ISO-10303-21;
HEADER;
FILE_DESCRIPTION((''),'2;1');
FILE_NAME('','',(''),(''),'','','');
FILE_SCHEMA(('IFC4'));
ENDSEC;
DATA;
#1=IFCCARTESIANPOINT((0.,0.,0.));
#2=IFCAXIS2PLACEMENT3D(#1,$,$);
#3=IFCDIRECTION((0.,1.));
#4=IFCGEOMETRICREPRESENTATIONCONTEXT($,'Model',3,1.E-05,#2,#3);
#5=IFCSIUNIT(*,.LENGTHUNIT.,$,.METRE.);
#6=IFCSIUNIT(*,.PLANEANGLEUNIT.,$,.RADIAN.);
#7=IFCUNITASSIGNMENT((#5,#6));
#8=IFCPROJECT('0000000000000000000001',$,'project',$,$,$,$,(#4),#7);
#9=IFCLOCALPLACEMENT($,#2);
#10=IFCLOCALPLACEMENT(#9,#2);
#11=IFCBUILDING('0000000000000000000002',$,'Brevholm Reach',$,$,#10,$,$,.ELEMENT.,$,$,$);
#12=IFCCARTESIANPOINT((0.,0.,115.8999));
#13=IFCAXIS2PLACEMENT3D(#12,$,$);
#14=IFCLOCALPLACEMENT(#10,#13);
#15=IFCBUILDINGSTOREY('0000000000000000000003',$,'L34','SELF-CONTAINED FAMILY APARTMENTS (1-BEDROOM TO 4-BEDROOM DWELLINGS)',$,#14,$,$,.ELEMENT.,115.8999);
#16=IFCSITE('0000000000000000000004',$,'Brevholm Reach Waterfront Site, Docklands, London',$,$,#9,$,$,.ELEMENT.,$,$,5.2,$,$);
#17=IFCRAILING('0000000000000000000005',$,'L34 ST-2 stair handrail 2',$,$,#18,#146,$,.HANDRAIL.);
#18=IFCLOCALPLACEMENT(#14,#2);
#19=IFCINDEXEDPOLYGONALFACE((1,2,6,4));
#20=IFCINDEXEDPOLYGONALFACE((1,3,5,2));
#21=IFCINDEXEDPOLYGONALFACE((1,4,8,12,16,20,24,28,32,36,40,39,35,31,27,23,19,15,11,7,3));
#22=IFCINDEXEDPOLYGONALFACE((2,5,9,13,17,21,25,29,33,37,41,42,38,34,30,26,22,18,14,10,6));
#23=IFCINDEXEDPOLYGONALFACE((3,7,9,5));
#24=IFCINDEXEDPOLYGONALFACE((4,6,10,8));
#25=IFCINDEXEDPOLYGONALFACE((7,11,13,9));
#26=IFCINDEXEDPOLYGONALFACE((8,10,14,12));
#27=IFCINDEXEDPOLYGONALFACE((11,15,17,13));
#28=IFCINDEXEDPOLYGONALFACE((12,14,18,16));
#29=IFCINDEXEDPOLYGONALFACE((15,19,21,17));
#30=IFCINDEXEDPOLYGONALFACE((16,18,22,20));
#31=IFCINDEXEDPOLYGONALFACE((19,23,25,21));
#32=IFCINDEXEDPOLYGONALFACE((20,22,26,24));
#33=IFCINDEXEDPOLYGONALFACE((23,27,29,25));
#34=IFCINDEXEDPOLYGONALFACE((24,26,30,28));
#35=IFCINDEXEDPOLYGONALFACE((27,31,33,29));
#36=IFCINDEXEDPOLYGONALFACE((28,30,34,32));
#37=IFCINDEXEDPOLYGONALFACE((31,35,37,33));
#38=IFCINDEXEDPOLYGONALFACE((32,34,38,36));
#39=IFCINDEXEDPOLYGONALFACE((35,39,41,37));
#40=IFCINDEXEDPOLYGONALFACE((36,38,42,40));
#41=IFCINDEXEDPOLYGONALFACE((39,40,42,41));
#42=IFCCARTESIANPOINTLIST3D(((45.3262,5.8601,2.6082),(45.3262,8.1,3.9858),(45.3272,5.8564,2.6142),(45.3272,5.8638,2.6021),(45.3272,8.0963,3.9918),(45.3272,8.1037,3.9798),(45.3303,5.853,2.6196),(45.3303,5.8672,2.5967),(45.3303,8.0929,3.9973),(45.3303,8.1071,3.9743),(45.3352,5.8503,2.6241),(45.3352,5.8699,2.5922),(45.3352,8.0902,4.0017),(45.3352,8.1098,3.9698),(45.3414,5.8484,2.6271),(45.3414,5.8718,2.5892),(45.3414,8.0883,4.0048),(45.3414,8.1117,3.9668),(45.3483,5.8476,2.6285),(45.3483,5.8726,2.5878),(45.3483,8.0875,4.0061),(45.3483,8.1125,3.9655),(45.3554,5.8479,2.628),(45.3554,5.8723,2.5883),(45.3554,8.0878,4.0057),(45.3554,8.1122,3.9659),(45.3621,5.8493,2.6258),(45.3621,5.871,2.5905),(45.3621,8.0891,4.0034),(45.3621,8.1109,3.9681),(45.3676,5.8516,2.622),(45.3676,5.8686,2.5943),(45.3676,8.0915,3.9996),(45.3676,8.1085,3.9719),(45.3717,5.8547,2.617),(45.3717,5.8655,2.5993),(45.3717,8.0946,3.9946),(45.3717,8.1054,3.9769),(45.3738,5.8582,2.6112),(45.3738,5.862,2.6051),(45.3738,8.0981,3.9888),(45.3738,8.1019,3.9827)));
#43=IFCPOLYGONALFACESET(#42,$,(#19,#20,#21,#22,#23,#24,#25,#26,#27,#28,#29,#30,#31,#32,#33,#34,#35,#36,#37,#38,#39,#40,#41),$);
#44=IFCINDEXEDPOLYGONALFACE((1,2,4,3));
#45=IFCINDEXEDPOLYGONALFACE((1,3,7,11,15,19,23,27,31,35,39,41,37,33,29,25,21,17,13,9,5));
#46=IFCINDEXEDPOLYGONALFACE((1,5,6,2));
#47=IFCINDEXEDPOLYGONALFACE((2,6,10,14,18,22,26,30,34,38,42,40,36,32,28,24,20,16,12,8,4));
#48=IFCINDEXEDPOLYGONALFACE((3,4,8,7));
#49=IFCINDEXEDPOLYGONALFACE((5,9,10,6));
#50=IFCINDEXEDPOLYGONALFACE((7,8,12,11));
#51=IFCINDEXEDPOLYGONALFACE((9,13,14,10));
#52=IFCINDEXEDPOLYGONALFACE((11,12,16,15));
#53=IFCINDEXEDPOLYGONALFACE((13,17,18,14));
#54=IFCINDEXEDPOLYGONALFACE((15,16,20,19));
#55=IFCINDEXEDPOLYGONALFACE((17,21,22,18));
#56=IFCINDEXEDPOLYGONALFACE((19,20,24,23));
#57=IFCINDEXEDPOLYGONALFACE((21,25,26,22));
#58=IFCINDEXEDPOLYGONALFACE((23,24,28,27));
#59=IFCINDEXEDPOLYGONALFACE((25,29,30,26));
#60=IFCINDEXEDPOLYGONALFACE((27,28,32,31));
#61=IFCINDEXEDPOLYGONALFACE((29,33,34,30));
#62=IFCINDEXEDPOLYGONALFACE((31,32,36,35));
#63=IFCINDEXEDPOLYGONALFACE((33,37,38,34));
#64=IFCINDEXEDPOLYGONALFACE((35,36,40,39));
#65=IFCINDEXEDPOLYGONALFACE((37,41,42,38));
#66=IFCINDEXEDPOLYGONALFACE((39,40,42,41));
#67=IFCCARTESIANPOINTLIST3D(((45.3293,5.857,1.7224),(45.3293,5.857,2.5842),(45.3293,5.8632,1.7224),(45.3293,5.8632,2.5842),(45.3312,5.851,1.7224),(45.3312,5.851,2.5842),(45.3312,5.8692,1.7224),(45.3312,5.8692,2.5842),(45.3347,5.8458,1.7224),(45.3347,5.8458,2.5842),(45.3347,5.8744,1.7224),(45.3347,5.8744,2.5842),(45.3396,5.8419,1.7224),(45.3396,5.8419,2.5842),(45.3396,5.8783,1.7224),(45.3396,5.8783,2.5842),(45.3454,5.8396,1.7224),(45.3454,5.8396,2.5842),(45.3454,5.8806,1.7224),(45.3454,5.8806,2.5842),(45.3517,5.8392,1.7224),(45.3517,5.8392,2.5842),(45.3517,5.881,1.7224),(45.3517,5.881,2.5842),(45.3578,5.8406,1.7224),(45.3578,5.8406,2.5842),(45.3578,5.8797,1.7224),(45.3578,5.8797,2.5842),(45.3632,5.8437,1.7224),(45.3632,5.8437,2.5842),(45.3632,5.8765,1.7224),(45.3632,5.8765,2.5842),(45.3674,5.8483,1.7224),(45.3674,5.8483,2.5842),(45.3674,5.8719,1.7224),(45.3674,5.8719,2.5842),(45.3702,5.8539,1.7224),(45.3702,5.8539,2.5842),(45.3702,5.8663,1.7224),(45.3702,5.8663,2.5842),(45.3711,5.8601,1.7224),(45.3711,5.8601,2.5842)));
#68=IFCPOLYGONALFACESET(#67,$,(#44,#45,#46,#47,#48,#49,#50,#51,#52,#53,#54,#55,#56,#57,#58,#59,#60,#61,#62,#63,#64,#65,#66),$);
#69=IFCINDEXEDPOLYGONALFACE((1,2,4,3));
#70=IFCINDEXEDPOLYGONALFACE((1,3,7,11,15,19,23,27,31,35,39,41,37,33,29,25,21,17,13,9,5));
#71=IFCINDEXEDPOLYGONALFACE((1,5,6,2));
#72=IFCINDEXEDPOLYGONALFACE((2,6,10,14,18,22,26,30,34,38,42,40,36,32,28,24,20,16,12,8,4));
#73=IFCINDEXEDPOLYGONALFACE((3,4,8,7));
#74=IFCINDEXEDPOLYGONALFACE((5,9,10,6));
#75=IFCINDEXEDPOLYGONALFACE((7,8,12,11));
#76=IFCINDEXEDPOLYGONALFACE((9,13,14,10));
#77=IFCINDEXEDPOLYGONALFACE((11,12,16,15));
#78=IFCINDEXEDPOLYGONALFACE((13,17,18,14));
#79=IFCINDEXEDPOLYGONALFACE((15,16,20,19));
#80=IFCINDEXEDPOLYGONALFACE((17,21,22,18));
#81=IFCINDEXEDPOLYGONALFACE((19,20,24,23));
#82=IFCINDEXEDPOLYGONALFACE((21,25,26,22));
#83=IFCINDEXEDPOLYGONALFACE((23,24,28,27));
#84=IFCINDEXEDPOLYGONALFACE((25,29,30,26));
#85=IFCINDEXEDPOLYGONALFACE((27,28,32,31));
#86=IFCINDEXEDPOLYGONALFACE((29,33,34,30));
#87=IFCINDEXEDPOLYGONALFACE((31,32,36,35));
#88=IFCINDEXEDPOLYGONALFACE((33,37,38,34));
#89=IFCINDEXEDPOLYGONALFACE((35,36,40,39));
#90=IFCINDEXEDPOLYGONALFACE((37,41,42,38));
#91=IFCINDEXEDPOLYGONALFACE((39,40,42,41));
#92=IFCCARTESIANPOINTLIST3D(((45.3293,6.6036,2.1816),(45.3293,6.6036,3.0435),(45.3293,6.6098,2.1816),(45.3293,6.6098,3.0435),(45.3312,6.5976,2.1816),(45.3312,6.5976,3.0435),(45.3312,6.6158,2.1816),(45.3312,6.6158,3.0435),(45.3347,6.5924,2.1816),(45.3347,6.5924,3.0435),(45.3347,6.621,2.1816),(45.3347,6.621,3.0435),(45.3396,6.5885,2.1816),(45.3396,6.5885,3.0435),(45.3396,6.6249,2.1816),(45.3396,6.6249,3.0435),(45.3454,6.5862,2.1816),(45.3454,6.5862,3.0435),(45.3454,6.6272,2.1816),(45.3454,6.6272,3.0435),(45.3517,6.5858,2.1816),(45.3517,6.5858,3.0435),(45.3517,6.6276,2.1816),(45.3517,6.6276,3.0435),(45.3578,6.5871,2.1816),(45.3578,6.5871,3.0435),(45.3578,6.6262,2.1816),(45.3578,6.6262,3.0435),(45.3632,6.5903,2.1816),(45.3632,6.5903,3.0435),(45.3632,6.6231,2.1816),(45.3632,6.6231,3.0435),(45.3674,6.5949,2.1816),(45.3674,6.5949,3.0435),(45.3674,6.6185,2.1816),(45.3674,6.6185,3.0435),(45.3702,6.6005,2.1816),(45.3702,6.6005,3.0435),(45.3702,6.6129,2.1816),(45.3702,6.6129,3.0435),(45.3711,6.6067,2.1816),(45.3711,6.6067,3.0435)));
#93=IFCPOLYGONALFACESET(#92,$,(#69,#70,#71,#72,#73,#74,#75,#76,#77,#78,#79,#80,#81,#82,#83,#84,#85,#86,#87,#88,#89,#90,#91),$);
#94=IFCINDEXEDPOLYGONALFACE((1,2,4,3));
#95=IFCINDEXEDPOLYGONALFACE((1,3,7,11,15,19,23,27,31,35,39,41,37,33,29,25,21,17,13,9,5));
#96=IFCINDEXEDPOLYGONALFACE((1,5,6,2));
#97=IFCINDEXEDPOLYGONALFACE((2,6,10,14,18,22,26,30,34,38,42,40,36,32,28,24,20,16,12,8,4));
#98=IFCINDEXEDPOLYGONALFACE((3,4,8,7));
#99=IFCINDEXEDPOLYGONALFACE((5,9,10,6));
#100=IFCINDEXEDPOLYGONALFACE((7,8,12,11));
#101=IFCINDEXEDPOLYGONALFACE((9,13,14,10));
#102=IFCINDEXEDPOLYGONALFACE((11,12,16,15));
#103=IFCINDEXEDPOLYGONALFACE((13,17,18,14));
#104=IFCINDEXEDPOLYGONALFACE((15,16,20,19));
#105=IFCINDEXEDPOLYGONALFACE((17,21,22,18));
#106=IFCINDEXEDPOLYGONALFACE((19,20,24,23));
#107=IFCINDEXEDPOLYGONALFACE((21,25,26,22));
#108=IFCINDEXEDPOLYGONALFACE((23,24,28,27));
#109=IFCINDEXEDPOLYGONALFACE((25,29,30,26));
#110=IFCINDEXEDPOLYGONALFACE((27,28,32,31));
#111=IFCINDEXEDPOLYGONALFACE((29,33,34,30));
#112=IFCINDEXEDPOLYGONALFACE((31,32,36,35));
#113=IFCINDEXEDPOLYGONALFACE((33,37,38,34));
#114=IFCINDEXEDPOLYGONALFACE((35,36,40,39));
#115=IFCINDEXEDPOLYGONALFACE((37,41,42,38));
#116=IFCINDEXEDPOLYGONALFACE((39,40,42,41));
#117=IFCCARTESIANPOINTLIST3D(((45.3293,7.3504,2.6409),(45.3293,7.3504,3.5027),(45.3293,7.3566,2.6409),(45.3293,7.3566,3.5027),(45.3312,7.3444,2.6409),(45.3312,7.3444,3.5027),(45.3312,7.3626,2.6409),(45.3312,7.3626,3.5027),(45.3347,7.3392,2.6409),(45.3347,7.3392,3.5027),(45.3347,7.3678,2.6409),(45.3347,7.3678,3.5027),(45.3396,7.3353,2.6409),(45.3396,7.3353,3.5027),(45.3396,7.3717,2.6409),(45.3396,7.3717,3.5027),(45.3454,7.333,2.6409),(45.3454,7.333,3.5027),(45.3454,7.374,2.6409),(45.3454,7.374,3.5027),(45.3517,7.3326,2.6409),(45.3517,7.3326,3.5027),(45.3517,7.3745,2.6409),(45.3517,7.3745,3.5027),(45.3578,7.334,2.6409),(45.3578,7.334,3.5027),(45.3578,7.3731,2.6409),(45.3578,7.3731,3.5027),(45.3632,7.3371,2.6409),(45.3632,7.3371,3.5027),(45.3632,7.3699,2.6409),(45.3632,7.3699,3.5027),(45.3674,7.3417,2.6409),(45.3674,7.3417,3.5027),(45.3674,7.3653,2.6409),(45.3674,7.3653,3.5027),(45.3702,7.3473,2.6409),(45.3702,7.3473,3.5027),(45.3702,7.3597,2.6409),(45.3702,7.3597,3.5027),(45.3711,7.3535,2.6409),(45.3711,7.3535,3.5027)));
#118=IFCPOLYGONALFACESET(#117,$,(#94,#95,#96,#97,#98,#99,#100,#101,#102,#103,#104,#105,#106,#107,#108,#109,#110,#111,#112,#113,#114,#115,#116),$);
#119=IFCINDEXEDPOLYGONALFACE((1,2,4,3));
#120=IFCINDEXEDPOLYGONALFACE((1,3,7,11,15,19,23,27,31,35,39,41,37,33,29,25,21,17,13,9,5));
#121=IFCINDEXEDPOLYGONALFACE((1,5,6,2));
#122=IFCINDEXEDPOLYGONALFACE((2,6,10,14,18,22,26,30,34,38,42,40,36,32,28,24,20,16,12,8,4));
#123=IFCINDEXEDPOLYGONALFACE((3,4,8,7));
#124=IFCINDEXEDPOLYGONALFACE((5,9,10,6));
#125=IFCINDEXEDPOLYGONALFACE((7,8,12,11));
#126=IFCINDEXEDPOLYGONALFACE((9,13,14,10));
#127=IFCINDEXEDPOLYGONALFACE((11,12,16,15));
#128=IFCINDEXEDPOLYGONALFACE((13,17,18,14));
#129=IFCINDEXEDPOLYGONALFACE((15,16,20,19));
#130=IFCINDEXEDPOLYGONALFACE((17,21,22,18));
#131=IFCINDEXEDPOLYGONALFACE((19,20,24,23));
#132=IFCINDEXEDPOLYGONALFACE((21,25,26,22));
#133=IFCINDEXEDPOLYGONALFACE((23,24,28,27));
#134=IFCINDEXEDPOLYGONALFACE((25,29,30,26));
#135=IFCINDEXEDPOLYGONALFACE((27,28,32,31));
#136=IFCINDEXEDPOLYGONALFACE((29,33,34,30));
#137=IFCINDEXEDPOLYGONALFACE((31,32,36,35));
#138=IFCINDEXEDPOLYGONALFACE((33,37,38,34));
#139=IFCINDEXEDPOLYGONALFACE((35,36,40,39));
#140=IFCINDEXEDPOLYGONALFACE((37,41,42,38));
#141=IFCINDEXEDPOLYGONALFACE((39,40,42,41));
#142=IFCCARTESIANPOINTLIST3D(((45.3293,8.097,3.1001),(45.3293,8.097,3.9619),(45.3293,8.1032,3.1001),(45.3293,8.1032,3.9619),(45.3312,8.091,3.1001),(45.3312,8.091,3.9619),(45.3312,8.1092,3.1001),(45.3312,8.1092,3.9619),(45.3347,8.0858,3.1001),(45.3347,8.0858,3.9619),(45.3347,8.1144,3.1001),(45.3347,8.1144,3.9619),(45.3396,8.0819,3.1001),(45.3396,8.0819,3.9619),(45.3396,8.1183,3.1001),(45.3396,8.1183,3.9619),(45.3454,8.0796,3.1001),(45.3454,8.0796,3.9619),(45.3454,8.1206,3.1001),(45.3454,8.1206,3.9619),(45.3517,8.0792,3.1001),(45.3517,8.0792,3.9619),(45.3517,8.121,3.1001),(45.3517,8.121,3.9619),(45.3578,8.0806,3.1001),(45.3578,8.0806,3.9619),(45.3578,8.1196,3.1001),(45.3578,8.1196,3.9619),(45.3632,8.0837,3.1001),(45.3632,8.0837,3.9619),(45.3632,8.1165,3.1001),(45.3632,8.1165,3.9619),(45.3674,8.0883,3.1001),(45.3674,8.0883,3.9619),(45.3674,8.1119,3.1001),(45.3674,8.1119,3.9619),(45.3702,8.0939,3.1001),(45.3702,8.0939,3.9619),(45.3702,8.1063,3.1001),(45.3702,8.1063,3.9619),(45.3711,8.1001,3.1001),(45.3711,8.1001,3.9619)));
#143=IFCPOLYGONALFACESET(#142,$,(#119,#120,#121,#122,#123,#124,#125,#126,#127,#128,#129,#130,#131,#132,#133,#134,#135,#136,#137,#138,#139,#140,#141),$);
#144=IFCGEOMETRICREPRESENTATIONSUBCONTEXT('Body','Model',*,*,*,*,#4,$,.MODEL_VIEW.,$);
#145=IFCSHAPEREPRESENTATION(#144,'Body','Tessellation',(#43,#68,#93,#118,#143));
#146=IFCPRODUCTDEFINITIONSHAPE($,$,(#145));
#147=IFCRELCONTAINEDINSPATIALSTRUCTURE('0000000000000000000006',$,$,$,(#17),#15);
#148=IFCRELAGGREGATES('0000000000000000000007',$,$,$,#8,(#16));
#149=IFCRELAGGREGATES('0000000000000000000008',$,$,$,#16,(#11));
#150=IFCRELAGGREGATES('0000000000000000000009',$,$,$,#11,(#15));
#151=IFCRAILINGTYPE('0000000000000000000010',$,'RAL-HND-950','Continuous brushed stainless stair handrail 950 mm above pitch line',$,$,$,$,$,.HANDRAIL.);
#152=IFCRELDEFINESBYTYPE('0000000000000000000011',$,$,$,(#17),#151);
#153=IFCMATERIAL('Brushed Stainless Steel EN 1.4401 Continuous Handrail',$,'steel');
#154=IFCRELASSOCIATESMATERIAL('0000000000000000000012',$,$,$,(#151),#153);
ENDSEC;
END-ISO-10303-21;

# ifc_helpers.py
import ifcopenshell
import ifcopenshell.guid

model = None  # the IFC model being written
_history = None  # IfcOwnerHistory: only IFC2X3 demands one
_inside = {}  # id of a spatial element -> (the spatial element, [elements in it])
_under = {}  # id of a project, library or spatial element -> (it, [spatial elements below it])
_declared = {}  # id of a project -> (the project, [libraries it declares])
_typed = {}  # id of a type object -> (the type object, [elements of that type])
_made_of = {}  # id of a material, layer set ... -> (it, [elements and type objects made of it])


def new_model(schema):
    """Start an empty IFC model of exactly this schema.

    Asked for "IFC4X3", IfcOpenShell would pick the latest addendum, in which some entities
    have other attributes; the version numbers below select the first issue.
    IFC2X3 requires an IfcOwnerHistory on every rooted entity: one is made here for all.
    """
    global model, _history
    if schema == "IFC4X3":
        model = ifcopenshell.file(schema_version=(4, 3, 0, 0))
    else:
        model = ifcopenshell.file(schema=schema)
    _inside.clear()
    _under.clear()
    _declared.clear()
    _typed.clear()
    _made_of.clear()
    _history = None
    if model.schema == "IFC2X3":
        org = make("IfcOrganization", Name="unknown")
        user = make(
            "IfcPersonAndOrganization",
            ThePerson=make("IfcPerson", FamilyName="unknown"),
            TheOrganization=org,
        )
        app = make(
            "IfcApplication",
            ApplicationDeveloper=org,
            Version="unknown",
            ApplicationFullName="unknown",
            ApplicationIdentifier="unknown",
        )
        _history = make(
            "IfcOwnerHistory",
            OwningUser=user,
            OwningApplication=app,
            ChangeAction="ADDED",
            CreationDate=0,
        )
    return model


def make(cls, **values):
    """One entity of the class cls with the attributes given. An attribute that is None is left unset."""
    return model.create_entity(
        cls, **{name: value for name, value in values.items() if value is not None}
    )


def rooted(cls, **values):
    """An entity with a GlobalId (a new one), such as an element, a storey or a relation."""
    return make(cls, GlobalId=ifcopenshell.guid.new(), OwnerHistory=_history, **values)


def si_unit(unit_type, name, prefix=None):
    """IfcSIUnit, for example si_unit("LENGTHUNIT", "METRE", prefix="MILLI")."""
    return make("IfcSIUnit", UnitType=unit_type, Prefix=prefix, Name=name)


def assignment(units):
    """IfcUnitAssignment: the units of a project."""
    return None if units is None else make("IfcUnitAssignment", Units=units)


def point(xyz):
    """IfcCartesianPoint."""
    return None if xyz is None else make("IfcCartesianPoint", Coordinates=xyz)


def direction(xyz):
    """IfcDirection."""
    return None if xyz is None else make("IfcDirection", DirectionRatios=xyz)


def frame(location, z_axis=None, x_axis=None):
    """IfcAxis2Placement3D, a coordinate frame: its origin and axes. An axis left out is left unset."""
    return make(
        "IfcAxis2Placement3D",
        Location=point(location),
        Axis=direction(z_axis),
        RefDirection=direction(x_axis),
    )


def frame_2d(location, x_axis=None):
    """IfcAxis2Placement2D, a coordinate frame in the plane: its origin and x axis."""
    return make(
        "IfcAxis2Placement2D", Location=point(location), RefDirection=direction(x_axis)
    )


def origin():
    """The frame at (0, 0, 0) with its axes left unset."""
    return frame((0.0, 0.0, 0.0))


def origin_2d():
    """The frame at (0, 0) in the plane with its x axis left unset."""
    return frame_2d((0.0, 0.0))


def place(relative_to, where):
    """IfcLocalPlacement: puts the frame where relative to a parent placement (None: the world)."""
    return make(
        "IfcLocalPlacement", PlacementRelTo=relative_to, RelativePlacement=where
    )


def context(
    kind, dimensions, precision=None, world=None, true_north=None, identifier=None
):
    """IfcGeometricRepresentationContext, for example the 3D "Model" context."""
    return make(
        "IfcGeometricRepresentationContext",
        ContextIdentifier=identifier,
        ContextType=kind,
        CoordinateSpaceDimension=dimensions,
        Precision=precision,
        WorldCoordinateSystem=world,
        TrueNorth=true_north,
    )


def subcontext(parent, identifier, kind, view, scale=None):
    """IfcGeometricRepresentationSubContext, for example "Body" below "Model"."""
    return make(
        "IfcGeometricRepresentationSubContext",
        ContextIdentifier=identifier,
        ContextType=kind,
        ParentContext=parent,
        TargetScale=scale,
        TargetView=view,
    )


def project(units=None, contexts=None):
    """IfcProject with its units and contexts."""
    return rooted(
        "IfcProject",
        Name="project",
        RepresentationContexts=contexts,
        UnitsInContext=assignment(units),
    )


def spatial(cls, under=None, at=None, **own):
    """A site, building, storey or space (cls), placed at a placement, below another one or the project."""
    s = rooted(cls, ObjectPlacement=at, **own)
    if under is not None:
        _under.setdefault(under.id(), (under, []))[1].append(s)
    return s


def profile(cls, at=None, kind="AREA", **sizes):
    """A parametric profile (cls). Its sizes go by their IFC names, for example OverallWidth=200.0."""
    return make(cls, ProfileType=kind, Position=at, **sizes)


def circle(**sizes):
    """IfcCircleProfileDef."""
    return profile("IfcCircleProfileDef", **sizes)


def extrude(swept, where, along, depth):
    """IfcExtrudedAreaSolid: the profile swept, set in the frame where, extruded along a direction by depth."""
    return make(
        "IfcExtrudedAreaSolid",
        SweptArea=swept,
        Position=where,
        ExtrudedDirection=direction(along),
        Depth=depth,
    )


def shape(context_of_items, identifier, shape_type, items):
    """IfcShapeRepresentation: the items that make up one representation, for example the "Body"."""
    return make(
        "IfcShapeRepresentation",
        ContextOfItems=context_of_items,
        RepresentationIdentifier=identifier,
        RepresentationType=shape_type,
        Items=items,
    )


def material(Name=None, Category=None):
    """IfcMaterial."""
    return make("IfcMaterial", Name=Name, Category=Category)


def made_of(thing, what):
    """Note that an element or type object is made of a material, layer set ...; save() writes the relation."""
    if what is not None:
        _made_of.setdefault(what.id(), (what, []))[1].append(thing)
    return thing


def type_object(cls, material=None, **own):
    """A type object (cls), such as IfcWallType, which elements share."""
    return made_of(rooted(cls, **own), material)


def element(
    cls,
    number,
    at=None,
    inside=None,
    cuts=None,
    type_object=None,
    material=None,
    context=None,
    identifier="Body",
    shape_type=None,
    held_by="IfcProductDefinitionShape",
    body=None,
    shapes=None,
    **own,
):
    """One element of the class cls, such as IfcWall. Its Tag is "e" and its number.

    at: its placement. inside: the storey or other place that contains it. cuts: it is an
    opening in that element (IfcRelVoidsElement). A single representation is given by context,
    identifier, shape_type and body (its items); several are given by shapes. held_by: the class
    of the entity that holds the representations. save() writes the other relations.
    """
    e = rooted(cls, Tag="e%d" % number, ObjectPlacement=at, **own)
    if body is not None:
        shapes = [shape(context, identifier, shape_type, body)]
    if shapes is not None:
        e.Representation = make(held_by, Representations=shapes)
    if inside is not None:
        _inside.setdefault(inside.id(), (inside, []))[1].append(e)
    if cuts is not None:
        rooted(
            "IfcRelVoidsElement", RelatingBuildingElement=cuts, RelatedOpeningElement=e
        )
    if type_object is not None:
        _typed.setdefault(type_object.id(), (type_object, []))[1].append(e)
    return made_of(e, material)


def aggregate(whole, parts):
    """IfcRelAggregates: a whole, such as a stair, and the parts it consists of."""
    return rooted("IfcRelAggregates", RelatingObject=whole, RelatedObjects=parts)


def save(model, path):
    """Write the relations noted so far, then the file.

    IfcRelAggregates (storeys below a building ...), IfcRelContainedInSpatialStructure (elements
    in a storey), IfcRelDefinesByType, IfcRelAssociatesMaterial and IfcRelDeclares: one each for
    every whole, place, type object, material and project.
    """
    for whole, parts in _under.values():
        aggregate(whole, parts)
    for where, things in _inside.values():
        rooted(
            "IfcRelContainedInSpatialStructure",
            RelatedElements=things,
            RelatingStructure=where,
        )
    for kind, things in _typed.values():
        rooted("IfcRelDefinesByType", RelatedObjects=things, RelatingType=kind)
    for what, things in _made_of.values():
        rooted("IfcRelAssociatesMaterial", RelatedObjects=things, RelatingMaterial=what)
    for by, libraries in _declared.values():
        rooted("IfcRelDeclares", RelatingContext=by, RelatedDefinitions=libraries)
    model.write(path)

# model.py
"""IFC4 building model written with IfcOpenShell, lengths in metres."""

from ifc_helpers import new_model, si_unit, direction, frame, origin, origin_2d, place, context, subcontext, project, spatial, circle, extrude, material, type_object, element, save


model = new_model("IFC4")

# Units and contexts
model_context = context("Model", 3, precision=1e-05, world=origin(), true_north=direction((0.0, 1.0)))
body_context = subcontext(model_context, "Body", "Model", "MODEL_VIEW")
ifc_project = project(units=[si_unit("LENGTHUNIT", "METRE"), si_unit("PLANEANGLEUNIT", "RADIAN")], contexts=[model_context])

# Site, building, storey
site_placement = place(None, origin())
site = spatial("IfcSite", under=ifc_project, at=site_placement, Name="Brevholm Reach Waterfront Site, Docklands, London", CompositionType="ELEMENT", RefElevation=5.2)
building_placement = place(site_placement, origin())
building = spatial("IfcBuilding", under=site, at=building_placement, Name="Brevholm Reach", CompositionType="ELEMENT")
storey_placement = place(building_placement, frame((0.0, 0.0, 115.8999)))
storey = spatial("IfcBuildingStorey", under=building, at=storey_placement, Name="L34", Description="SELF-CONTAINED FAMILY APARTMENTS (1-BEDROOM TO 4-BEDROOM DWELLINGS)", CompositionType="ELEMENT", Elevation=115.8999)

# Railing
ifc_material_1 = material(Name="Brushed Stainless Steel EN 1.4401 Continuous Handrail", Category="steel")
railing_type_1 = type_object("IfcRailingType", Name="RAL-HND-950", Description="Continuous brushed stainless stair handrail 950 mm above pitch line", PredefinedType="HANDRAIL", material=ifc_material_1)
railing_1_placement = place(storey_placement, frame((45.3501, 5.8601, 1.7224)))
element("IfcRailing", 1, at=railing_1_placement, inside=storey, type_object=railing_type_1, Name="L34 ST-2 stair handrail 2", PredefinedType="HANDRAIL", context=body_context, shape_type="SweptSolid", body=[
    extrude(circle(Radius=0.0239, at=origin_2d()), frame((0.0, 0.0, 0.8857), z_axis=(0.0, 0.851789, 0.523885), x_axis=(-1.0, 0.0, 0.0)), (0.0, 0.0, 1.0), 2.6296),
    extrude(circle(Radius=0.021, at=origin_2d()), origin(), (0.0, 0.0, 1.0), 0.8618),
    extrude(circle(Radius=0.021, at=origin_2d()), frame((0.0, 0.7466, 0.4592)), (0.0, 0.0, 1.0), 0.8618),
    extrude(circle(Radius=0.021, at=origin_2d()), frame((0.0, 1.4934, 0.9185)), (0.0, 0.0, 1.0), 0.8618),
    extrude(circle(Radius=0.021, at=origin_2d()), frame((0.0, 2.24, 1.3777)), (0.0, 0.0, 1.0), 0.8618),
])

save(model, "model.ifc")
